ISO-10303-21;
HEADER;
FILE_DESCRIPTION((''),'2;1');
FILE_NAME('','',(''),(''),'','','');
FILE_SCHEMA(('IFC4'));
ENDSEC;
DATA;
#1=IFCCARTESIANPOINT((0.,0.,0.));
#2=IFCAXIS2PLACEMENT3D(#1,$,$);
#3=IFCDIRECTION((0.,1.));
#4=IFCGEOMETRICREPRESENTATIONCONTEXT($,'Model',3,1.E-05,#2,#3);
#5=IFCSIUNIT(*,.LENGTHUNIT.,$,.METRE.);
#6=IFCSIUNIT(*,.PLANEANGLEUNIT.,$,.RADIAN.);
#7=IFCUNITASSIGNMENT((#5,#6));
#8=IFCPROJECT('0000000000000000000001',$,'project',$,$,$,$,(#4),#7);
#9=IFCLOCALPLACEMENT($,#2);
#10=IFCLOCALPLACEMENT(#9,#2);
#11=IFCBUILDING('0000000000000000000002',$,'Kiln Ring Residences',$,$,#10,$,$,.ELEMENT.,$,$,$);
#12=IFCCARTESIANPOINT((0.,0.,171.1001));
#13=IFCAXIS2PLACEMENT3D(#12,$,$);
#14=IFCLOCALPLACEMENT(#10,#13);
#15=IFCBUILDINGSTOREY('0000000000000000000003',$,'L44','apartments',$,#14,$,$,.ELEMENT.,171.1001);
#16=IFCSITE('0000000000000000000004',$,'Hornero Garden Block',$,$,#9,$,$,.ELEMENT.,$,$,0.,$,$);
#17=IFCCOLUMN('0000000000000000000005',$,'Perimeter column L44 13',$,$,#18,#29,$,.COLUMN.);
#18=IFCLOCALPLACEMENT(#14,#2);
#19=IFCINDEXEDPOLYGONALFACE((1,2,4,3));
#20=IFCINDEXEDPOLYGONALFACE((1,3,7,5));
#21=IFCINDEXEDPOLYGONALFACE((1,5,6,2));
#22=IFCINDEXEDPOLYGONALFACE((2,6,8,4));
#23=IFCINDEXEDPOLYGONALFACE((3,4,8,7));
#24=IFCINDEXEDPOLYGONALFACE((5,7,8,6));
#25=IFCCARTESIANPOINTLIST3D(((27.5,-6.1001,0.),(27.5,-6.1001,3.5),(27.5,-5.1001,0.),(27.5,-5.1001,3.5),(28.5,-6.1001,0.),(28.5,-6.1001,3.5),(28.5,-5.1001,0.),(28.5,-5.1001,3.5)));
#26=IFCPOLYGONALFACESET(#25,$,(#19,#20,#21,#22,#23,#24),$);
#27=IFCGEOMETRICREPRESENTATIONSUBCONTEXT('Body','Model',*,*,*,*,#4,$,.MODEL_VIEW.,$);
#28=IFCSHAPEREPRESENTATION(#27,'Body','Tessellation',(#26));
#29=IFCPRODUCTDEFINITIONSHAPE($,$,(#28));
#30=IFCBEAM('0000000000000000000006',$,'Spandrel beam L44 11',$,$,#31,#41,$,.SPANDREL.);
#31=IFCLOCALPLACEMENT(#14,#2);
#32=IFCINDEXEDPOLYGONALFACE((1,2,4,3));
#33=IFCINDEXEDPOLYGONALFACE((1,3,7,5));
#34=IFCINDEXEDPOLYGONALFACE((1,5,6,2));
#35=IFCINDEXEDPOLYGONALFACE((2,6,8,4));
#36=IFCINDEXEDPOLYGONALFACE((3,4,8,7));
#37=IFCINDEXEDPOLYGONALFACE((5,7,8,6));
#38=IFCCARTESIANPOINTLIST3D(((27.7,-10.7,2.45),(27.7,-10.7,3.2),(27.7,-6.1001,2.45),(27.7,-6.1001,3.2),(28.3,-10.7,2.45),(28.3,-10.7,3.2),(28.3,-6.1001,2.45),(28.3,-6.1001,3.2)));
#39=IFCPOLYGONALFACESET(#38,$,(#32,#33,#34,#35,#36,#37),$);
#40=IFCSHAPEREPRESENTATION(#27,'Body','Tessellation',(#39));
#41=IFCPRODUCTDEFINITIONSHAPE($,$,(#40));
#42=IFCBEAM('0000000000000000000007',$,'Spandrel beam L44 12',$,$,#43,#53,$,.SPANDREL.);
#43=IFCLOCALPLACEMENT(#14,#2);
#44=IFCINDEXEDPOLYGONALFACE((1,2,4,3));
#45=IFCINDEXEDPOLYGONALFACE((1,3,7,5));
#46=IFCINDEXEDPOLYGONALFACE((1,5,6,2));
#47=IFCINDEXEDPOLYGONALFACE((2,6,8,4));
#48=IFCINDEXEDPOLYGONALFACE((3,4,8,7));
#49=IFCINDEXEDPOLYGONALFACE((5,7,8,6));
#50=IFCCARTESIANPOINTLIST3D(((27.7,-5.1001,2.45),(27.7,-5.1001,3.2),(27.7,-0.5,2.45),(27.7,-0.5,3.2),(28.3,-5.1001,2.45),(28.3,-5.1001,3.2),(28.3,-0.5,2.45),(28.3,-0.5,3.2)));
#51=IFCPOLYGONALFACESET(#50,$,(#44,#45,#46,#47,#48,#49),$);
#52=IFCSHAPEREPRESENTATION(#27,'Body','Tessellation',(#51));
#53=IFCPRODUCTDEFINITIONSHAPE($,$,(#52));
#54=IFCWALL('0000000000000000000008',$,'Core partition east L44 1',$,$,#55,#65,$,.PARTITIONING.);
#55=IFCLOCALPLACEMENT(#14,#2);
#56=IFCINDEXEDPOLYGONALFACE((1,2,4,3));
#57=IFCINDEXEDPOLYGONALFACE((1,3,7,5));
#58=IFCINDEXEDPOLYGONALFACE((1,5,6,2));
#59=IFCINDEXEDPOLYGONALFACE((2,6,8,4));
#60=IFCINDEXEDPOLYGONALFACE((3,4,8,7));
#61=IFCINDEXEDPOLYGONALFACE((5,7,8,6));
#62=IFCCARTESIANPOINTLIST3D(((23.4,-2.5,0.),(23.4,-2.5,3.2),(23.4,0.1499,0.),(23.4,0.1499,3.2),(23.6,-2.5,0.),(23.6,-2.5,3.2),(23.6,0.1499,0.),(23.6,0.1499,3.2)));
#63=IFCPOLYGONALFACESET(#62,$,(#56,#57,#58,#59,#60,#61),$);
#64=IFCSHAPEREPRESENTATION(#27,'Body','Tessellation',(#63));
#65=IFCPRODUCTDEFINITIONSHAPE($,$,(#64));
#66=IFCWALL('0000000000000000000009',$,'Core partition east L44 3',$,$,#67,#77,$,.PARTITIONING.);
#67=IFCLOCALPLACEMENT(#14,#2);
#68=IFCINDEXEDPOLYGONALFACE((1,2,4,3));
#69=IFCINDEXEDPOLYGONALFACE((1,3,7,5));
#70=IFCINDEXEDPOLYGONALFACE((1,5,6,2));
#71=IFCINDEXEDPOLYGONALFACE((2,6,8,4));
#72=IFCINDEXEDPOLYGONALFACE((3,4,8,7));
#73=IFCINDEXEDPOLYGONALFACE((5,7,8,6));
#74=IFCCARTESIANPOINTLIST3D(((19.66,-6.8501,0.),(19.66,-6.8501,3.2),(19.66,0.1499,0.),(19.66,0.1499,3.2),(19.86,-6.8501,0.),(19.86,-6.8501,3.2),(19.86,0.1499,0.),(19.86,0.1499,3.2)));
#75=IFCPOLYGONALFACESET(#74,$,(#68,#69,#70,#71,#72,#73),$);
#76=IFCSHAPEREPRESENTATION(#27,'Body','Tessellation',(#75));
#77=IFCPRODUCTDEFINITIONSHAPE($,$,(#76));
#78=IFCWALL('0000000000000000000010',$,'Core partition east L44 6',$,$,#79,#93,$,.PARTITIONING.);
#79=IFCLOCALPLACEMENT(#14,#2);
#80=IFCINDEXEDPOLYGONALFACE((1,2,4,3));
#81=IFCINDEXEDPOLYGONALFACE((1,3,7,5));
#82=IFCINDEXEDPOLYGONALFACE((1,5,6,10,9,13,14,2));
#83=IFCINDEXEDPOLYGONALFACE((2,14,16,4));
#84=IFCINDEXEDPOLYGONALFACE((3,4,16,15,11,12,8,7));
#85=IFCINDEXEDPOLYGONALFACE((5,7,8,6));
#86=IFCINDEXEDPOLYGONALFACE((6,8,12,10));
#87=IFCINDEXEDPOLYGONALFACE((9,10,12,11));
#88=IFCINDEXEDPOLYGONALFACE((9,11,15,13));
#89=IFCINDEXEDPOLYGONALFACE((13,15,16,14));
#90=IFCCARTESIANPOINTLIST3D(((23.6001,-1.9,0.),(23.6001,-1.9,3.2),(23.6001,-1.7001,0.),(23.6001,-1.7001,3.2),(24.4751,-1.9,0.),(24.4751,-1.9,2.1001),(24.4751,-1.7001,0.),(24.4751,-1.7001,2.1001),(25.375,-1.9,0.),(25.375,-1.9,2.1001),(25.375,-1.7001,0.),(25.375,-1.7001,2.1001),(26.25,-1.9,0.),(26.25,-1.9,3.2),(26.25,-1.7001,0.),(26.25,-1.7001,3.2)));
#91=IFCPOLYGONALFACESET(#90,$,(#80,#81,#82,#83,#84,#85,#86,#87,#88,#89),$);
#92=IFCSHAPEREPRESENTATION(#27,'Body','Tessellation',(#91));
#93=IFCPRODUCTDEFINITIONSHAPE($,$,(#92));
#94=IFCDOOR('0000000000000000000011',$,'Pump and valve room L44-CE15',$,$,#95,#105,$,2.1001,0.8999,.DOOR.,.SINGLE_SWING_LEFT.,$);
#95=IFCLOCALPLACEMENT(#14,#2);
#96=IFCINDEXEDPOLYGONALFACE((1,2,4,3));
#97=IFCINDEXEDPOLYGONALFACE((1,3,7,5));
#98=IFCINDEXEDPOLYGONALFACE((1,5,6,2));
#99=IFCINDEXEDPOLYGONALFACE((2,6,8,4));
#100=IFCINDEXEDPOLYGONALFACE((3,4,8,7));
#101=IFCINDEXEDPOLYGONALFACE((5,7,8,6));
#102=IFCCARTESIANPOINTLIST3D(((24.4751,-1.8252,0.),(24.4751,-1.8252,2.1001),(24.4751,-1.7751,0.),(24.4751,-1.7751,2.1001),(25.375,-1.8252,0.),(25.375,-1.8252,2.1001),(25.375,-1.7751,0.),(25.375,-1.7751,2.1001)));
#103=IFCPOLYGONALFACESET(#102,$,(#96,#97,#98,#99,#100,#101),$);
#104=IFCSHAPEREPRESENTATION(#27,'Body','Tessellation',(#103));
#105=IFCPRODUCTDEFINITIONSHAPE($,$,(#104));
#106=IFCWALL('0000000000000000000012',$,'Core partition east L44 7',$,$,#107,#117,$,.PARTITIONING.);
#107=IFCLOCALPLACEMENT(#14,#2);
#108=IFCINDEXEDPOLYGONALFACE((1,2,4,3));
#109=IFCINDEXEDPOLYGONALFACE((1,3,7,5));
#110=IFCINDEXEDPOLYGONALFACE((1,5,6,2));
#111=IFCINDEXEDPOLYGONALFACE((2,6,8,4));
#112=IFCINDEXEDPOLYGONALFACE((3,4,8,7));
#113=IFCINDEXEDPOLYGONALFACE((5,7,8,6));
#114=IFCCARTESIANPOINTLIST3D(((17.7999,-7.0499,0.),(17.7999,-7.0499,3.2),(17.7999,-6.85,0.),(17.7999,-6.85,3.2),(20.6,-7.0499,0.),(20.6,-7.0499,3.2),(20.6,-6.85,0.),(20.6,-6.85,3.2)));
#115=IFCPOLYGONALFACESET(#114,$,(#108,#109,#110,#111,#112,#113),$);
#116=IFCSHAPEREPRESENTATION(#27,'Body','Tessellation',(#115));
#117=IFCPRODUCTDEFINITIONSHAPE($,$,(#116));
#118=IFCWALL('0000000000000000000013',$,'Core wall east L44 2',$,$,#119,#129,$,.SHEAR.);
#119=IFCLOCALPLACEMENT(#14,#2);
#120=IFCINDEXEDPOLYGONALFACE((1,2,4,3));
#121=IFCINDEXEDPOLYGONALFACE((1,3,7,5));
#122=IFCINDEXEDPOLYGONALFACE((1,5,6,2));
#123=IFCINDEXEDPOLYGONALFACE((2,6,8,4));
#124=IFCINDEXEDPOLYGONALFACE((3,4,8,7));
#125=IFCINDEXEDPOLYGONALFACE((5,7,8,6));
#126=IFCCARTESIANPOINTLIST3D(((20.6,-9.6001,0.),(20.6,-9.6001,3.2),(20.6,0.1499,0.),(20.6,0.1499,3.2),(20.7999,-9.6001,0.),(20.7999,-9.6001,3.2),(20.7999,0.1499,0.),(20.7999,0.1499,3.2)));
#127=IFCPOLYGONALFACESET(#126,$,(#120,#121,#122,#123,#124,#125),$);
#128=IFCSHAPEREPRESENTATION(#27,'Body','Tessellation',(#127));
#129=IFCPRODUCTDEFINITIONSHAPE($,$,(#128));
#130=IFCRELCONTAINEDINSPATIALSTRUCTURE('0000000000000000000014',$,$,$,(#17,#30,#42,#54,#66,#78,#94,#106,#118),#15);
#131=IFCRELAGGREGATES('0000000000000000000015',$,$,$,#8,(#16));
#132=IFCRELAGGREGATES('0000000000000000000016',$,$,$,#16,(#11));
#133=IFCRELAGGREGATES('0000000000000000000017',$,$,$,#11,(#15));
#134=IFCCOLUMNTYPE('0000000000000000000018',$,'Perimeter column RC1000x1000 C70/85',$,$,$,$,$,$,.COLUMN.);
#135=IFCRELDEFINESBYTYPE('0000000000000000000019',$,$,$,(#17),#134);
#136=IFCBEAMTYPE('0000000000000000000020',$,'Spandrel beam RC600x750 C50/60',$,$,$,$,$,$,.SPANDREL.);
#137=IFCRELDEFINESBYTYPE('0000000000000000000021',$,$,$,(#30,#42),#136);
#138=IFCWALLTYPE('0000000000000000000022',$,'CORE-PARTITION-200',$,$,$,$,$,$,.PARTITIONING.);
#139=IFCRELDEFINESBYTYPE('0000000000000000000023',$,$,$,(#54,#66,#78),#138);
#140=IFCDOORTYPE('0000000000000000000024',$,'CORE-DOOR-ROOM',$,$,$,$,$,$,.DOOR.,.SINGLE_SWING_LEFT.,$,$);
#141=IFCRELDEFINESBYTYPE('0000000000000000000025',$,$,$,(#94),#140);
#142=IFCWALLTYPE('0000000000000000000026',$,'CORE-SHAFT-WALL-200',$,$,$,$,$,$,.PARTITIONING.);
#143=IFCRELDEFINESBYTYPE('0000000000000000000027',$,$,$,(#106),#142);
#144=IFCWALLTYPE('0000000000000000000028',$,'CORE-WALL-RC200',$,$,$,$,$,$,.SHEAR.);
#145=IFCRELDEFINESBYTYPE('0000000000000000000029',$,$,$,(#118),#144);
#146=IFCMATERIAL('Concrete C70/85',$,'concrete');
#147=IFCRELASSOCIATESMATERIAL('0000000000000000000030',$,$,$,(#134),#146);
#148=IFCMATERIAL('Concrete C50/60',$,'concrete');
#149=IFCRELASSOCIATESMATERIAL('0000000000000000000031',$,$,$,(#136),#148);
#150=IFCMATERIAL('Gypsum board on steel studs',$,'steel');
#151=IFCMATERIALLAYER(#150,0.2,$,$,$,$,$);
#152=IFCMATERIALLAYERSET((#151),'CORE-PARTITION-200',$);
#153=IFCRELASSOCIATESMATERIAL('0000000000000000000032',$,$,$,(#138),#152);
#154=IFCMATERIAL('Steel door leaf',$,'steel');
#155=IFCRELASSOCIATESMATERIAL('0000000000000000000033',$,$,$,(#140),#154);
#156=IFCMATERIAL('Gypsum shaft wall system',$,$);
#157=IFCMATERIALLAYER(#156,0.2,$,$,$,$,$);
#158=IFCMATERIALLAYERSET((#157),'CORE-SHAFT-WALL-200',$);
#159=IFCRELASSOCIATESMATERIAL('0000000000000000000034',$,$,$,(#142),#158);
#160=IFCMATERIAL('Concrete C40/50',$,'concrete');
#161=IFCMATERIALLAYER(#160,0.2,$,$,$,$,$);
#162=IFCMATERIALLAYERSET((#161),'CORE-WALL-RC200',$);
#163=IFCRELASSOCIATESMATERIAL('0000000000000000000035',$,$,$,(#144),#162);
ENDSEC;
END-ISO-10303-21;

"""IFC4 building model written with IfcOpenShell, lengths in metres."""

from ifc_helpers import new_model, si_unit, direction, frame, frame_2d, origin, origin_2d, place, context, subcontext, project, spatial, rectangle, extrude, material, layer, layer_set, material_profile, profile_set, type_object, element, fill, save


model = new_model("IFC4")

# Units and contexts
model_context = context("Model", 3, precision=1e-05, world=origin(), true_north=direction((0.0, 1.0)))
body_context = subcontext(model_context, "Body", "Model", "MODEL_VIEW")
ifc_project = project(units=[si_unit("LENGTHUNIT", "METRE"), si_unit("PLANEANGLEUNIT", "RADIAN")], contexts=[model_context])

# Site, building, storey
site_placement = place(None, origin())
site = spatial("IfcSite", under=ifc_project, at=site_placement, Name="Hornero Garden Block", CompositionType="ELEMENT", RefElevation=0.0)
building_placement = place(site_placement, origin())
building = spatial("IfcBuilding", under=site, at=building_placement, Name="Kiln Ring Residences", CompositionType="ELEMENT")
storey_placement = place(building_placement, frame((0.0, 0.0, 171.1001)))
storey = spatial("IfcBuildingStorey", under=building, at=storey_placement, Name="L44", Description="apartments", CompositionType="ELEMENT", Elevation=171.1001)

# Column
ifc_material_1 = material(Name="Concrete C70/85", Category="concrete")
ifc_material_profile_1 = material_profile(ifc_material_1, rectangle(XDim=1.0, YDim=1.0, at=origin_2d()), Name="RC1000x1000")
ifc_profile_set_1 = profile_set([ifc_material_profile_1], Name="Concrete C70/85")
column_type = type_object("IfcColumnType", Name="Perimeter column RC1000x1000 C70/85", PredefinedType="COLUMN", material=ifc_profile_set_1)
column_placement = place(storey_placement, frame((28.0, -5.6001, 0.0), z_axis=(0.0, 0.0, 1.0), x_axis=(1.0, 0.0, 0.0)))
element("IfcColumn", 1, at=column_placement, inside=storey, type_object=column_type, Name="Perimeter column L44 13", PredefinedType="COLUMN", context=body_context, shape_type="SweptSolid", body=[
    extrude(rectangle(XDim=1.0, YDim=1.0, at=origin_2d()), origin(), (0.0, 0.0, 1.0), 3.5),
])

# Beams
ifc_material_2 = material(Name="Concrete C50/60", Category="concrete")
ifc_material_profile_2 = material_profile(ifc_material_2, rectangle(XDim=0.6001, YDim=0.75, at=origin_2d()), Name="RC600x750")
ifc_profile_set_2 = profile_set([ifc_material_profile_2], Name="Concrete C50/60")
beam_type = type_object("IfcBeamType", Name="Spandrel beam RC600x750 C50/60", PredefinedType="SPANDREL", material=ifc_profile_set_2)
beam_1_placement = place(storey_placement, frame((28.0, -10.7, 2.825), z_axis=(0.0, 1.0, 0.0), x_axis=(-1.0, 0.0, 0.0)))
element("IfcBeam", 2, at=beam_1_placement, inside=storey, type_object=beam_type, Name="Spandrel beam L44 11", PredefinedType="SPANDREL", context=body_context, shape_type="SweptSolid", body=[
    extrude(rectangle(XDim=0.6001, YDim=0.75, at=origin_2d()), origin(), (0.0, 0.0, 1.0), 4.5999),
])
beam_2_placement = place(storey_placement, frame((28.0, -5.1001, 2.825), z_axis=(0.0, 1.0, 0.0), x_axis=(-1.0, 0.0, 0.0)))
element("IfcBeam", 3, at=beam_2_placement, inside=storey, type_object=beam_type, Name="Spandrel beam L44 12", PredefinedType="SPANDREL", context=body_context, shape_type="SweptSolid", body=[
    extrude(rectangle(XDim=0.6001, YDim=0.75, at=origin_2d()), origin(), (0.0, 0.0, 1.0), 4.6001),
])

# Walls
ifc_material_3 = material(Name="Gypsum board on steel studs", Category="steel")
ifc_layer_1 = layer(ifc_material_3, 0.2)
ifc_layer_set_1 = layer_set([ifc_layer_1], Name="CORE-PARTITION-200")
wall_type_1 = type_object("IfcWallType", Name="CORE-PARTITION-200", PredefinedType="PARTITIONING", material=ifc_layer_set_1)
wall_1_placement = place(storey_placement, frame((23.5, -2.5, 0.0), z_axis=(0.0, 0.0, 1.0), x_axis=(0.0, 1.0, 0.0)))
element("IfcWall", 4, at=wall_1_placement, inside=storey, type_object=wall_type_1, Name="Core partition east L44 1", PredefinedType="PARTITIONING", context=body_context, shape_type="SweptSolid", body=[
    extrude(rectangle(XDim=2.6499, YDim=0.2, at=frame_2d((1.325, 0.0))), origin(), (0.0, 0.0, 1.0), 3.2),
])
wall_2_placement = place(storey_placement, frame((19.76, -6.8501, 0.0), z_axis=(0.0, 0.0, 1.0), x_axis=(0.0, 1.0, 0.0)))
element("IfcWall", 5, at=wall_2_placement, inside=storey, type_object=wall_type_1, Name="Core partition east L44 3", PredefinedType="PARTITIONING", context=body_context, shape_type="SweptSolid", body=[
    extrude(rectangle(XDim=7.0, YDim=0.2, at=frame_2d((3.5, 0.0))), origin(), (0.0, 0.0, 1.0), 3.2),
])

# Wall, opening, door
wall_3_placement = place(storey_placement, frame((23.6001, -1.8, 0.0), z_axis=(0.0, 0.0, 1.0), x_axis=(1.0, 0.0, 0.0)))
wall_3 = element("IfcWall", 6, at=wall_3_placement, inside=storey, type_object=wall_type_1, Name="Core partition east L44 6", PredefinedType="PARTITIONING", context=body_context, shape_type="SweptSolid", body=[
    extrude(rectangle(XDim=2.6499, YDim=0.2, at=frame_2d((1.325, 0.0))), origin(), (0.0, 0.0, 1.0), 3.2),
])
opening_1_placement = place(wall_3_placement, frame((0.875, 0.0, 0.0)))
opening_1 = element("IfcOpeningElement", 7, at=opening_1_placement, cuts=wall_3, PredefinedType="OPENING", context=body_context, shape_type="SweptSolid", body=[
    extrude(rectangle(XDim=0.8999, YDim=2.1001, at=frame_2d((0.45, 1.05))), frame((0.0, 0.1099, 0.0), z_axis=(0.0, -1.0, 0.0), x_axis=(1.0, 0.0, 0.0)), (0.0, 0.0, 1.0), 0.22),
])
ifc_material_4 = material(Name="Steel door leaf", Category="steel")
door_type_1 = type_object("IfcDoorType", Name="CORE-DOOR-ROOM", OperationType="SINGLE_SWING_LEFT", PredefinedType="DOOR", material=ifc_material_4)
door_1_placement = place(opening_1_placement, origin())
door_1 = element("IfcDoor", 8, at=door_1_placement, inside=storey, type_object=door_type_1, Name="Pump and valve room L44-CE15", OperationType="SINGLE_SWING_LEFT", OverallHeight=2.1001, OverallWidth=0.8999, PredefinedType="DOOR", context=body_context, shape_type="SweptSolid", body=[
    extrude(rectangle(XDim=0.8999, YDim=2.1001, at=frame_2d((0.45, 1.05))), frame((0.0, 0.0249, 0.0), z_axis=(0.0, -1.0, 0.0), x_axis=(1.0, 0.0, 0.0)), (0.0, 0.0, 1.0), 0.05),
])
fill(opening_1, door_1)

# Walls
ifc_material_5 = material(Name="Gypsum shaft wall system")
ifc_layer_2 = layer(ifc_material_5, 0.2)
ifc_layer_set_2 = layer_set([ifc_layer_2], Name="CORE-SHAFT-WALL-200")
wall_type_2 = type_object("IfcWallType", Name="CORE-SHAFT-WALL-200", PredefinedType="PARTITIONING", material=ifc_layer_set_2)
wall_4_placement = place(storey_placement, frame((17.8, -6.95, 0.0), z_axis=(0.0, 0.0, 1.0), x_axis=(1.0, 0.0, 0.0)))
element("IfcWall", 9, at=wall_4_placement, inside=storey, type_object=wall_type_2, Name="Core partition east L44 7", PredefinedType="PARTITIONING", context=body_context, shape_type="SweptSolid", body=[
    extrude(rectangle(XDim=2.8, YDim=0.2, at=frame_2d((1.3999, 0.0))), origin(), (0.0, 0.0, 1.0), 3.2),
])
ifc_material_6 = material(Name="Concrete C40/50", Category="concrete")
ifc_layer_3 = layer(ifc_material_6, 0.2)
ifc_layer_set_3 = layer_set([ifc_layer_3], Name="CORE-WALL-RC200")
wall_type_3 = type_object("IfcWallType", Name="CORE-WALL-RC200", PredefinedType="SHEAR", material=ifc_layer_set_3)
wall_5_placement = place(storey_placement, frame((20.7, -9.6001, 0.0), z_axis=(0.0, 0.0, 1.0), x_axis=(0.0, 1.0, 0.0)))
element("IfcWall", 10, at=wall_5_placement, inside=storey, type_object=wall_type_3, Name="Core wall east L44 2", PredefinedType="SHEAR", context=body_context, shape_type="SweptSolid", body=[
    extrude(rectangle(XDim=9.75, YDim=0.2, at=frame_2d((4.875, 0.0))), origin(), (0.0, 0.0, 1.0), 3.2),
])

save(model, "model.ifc")
